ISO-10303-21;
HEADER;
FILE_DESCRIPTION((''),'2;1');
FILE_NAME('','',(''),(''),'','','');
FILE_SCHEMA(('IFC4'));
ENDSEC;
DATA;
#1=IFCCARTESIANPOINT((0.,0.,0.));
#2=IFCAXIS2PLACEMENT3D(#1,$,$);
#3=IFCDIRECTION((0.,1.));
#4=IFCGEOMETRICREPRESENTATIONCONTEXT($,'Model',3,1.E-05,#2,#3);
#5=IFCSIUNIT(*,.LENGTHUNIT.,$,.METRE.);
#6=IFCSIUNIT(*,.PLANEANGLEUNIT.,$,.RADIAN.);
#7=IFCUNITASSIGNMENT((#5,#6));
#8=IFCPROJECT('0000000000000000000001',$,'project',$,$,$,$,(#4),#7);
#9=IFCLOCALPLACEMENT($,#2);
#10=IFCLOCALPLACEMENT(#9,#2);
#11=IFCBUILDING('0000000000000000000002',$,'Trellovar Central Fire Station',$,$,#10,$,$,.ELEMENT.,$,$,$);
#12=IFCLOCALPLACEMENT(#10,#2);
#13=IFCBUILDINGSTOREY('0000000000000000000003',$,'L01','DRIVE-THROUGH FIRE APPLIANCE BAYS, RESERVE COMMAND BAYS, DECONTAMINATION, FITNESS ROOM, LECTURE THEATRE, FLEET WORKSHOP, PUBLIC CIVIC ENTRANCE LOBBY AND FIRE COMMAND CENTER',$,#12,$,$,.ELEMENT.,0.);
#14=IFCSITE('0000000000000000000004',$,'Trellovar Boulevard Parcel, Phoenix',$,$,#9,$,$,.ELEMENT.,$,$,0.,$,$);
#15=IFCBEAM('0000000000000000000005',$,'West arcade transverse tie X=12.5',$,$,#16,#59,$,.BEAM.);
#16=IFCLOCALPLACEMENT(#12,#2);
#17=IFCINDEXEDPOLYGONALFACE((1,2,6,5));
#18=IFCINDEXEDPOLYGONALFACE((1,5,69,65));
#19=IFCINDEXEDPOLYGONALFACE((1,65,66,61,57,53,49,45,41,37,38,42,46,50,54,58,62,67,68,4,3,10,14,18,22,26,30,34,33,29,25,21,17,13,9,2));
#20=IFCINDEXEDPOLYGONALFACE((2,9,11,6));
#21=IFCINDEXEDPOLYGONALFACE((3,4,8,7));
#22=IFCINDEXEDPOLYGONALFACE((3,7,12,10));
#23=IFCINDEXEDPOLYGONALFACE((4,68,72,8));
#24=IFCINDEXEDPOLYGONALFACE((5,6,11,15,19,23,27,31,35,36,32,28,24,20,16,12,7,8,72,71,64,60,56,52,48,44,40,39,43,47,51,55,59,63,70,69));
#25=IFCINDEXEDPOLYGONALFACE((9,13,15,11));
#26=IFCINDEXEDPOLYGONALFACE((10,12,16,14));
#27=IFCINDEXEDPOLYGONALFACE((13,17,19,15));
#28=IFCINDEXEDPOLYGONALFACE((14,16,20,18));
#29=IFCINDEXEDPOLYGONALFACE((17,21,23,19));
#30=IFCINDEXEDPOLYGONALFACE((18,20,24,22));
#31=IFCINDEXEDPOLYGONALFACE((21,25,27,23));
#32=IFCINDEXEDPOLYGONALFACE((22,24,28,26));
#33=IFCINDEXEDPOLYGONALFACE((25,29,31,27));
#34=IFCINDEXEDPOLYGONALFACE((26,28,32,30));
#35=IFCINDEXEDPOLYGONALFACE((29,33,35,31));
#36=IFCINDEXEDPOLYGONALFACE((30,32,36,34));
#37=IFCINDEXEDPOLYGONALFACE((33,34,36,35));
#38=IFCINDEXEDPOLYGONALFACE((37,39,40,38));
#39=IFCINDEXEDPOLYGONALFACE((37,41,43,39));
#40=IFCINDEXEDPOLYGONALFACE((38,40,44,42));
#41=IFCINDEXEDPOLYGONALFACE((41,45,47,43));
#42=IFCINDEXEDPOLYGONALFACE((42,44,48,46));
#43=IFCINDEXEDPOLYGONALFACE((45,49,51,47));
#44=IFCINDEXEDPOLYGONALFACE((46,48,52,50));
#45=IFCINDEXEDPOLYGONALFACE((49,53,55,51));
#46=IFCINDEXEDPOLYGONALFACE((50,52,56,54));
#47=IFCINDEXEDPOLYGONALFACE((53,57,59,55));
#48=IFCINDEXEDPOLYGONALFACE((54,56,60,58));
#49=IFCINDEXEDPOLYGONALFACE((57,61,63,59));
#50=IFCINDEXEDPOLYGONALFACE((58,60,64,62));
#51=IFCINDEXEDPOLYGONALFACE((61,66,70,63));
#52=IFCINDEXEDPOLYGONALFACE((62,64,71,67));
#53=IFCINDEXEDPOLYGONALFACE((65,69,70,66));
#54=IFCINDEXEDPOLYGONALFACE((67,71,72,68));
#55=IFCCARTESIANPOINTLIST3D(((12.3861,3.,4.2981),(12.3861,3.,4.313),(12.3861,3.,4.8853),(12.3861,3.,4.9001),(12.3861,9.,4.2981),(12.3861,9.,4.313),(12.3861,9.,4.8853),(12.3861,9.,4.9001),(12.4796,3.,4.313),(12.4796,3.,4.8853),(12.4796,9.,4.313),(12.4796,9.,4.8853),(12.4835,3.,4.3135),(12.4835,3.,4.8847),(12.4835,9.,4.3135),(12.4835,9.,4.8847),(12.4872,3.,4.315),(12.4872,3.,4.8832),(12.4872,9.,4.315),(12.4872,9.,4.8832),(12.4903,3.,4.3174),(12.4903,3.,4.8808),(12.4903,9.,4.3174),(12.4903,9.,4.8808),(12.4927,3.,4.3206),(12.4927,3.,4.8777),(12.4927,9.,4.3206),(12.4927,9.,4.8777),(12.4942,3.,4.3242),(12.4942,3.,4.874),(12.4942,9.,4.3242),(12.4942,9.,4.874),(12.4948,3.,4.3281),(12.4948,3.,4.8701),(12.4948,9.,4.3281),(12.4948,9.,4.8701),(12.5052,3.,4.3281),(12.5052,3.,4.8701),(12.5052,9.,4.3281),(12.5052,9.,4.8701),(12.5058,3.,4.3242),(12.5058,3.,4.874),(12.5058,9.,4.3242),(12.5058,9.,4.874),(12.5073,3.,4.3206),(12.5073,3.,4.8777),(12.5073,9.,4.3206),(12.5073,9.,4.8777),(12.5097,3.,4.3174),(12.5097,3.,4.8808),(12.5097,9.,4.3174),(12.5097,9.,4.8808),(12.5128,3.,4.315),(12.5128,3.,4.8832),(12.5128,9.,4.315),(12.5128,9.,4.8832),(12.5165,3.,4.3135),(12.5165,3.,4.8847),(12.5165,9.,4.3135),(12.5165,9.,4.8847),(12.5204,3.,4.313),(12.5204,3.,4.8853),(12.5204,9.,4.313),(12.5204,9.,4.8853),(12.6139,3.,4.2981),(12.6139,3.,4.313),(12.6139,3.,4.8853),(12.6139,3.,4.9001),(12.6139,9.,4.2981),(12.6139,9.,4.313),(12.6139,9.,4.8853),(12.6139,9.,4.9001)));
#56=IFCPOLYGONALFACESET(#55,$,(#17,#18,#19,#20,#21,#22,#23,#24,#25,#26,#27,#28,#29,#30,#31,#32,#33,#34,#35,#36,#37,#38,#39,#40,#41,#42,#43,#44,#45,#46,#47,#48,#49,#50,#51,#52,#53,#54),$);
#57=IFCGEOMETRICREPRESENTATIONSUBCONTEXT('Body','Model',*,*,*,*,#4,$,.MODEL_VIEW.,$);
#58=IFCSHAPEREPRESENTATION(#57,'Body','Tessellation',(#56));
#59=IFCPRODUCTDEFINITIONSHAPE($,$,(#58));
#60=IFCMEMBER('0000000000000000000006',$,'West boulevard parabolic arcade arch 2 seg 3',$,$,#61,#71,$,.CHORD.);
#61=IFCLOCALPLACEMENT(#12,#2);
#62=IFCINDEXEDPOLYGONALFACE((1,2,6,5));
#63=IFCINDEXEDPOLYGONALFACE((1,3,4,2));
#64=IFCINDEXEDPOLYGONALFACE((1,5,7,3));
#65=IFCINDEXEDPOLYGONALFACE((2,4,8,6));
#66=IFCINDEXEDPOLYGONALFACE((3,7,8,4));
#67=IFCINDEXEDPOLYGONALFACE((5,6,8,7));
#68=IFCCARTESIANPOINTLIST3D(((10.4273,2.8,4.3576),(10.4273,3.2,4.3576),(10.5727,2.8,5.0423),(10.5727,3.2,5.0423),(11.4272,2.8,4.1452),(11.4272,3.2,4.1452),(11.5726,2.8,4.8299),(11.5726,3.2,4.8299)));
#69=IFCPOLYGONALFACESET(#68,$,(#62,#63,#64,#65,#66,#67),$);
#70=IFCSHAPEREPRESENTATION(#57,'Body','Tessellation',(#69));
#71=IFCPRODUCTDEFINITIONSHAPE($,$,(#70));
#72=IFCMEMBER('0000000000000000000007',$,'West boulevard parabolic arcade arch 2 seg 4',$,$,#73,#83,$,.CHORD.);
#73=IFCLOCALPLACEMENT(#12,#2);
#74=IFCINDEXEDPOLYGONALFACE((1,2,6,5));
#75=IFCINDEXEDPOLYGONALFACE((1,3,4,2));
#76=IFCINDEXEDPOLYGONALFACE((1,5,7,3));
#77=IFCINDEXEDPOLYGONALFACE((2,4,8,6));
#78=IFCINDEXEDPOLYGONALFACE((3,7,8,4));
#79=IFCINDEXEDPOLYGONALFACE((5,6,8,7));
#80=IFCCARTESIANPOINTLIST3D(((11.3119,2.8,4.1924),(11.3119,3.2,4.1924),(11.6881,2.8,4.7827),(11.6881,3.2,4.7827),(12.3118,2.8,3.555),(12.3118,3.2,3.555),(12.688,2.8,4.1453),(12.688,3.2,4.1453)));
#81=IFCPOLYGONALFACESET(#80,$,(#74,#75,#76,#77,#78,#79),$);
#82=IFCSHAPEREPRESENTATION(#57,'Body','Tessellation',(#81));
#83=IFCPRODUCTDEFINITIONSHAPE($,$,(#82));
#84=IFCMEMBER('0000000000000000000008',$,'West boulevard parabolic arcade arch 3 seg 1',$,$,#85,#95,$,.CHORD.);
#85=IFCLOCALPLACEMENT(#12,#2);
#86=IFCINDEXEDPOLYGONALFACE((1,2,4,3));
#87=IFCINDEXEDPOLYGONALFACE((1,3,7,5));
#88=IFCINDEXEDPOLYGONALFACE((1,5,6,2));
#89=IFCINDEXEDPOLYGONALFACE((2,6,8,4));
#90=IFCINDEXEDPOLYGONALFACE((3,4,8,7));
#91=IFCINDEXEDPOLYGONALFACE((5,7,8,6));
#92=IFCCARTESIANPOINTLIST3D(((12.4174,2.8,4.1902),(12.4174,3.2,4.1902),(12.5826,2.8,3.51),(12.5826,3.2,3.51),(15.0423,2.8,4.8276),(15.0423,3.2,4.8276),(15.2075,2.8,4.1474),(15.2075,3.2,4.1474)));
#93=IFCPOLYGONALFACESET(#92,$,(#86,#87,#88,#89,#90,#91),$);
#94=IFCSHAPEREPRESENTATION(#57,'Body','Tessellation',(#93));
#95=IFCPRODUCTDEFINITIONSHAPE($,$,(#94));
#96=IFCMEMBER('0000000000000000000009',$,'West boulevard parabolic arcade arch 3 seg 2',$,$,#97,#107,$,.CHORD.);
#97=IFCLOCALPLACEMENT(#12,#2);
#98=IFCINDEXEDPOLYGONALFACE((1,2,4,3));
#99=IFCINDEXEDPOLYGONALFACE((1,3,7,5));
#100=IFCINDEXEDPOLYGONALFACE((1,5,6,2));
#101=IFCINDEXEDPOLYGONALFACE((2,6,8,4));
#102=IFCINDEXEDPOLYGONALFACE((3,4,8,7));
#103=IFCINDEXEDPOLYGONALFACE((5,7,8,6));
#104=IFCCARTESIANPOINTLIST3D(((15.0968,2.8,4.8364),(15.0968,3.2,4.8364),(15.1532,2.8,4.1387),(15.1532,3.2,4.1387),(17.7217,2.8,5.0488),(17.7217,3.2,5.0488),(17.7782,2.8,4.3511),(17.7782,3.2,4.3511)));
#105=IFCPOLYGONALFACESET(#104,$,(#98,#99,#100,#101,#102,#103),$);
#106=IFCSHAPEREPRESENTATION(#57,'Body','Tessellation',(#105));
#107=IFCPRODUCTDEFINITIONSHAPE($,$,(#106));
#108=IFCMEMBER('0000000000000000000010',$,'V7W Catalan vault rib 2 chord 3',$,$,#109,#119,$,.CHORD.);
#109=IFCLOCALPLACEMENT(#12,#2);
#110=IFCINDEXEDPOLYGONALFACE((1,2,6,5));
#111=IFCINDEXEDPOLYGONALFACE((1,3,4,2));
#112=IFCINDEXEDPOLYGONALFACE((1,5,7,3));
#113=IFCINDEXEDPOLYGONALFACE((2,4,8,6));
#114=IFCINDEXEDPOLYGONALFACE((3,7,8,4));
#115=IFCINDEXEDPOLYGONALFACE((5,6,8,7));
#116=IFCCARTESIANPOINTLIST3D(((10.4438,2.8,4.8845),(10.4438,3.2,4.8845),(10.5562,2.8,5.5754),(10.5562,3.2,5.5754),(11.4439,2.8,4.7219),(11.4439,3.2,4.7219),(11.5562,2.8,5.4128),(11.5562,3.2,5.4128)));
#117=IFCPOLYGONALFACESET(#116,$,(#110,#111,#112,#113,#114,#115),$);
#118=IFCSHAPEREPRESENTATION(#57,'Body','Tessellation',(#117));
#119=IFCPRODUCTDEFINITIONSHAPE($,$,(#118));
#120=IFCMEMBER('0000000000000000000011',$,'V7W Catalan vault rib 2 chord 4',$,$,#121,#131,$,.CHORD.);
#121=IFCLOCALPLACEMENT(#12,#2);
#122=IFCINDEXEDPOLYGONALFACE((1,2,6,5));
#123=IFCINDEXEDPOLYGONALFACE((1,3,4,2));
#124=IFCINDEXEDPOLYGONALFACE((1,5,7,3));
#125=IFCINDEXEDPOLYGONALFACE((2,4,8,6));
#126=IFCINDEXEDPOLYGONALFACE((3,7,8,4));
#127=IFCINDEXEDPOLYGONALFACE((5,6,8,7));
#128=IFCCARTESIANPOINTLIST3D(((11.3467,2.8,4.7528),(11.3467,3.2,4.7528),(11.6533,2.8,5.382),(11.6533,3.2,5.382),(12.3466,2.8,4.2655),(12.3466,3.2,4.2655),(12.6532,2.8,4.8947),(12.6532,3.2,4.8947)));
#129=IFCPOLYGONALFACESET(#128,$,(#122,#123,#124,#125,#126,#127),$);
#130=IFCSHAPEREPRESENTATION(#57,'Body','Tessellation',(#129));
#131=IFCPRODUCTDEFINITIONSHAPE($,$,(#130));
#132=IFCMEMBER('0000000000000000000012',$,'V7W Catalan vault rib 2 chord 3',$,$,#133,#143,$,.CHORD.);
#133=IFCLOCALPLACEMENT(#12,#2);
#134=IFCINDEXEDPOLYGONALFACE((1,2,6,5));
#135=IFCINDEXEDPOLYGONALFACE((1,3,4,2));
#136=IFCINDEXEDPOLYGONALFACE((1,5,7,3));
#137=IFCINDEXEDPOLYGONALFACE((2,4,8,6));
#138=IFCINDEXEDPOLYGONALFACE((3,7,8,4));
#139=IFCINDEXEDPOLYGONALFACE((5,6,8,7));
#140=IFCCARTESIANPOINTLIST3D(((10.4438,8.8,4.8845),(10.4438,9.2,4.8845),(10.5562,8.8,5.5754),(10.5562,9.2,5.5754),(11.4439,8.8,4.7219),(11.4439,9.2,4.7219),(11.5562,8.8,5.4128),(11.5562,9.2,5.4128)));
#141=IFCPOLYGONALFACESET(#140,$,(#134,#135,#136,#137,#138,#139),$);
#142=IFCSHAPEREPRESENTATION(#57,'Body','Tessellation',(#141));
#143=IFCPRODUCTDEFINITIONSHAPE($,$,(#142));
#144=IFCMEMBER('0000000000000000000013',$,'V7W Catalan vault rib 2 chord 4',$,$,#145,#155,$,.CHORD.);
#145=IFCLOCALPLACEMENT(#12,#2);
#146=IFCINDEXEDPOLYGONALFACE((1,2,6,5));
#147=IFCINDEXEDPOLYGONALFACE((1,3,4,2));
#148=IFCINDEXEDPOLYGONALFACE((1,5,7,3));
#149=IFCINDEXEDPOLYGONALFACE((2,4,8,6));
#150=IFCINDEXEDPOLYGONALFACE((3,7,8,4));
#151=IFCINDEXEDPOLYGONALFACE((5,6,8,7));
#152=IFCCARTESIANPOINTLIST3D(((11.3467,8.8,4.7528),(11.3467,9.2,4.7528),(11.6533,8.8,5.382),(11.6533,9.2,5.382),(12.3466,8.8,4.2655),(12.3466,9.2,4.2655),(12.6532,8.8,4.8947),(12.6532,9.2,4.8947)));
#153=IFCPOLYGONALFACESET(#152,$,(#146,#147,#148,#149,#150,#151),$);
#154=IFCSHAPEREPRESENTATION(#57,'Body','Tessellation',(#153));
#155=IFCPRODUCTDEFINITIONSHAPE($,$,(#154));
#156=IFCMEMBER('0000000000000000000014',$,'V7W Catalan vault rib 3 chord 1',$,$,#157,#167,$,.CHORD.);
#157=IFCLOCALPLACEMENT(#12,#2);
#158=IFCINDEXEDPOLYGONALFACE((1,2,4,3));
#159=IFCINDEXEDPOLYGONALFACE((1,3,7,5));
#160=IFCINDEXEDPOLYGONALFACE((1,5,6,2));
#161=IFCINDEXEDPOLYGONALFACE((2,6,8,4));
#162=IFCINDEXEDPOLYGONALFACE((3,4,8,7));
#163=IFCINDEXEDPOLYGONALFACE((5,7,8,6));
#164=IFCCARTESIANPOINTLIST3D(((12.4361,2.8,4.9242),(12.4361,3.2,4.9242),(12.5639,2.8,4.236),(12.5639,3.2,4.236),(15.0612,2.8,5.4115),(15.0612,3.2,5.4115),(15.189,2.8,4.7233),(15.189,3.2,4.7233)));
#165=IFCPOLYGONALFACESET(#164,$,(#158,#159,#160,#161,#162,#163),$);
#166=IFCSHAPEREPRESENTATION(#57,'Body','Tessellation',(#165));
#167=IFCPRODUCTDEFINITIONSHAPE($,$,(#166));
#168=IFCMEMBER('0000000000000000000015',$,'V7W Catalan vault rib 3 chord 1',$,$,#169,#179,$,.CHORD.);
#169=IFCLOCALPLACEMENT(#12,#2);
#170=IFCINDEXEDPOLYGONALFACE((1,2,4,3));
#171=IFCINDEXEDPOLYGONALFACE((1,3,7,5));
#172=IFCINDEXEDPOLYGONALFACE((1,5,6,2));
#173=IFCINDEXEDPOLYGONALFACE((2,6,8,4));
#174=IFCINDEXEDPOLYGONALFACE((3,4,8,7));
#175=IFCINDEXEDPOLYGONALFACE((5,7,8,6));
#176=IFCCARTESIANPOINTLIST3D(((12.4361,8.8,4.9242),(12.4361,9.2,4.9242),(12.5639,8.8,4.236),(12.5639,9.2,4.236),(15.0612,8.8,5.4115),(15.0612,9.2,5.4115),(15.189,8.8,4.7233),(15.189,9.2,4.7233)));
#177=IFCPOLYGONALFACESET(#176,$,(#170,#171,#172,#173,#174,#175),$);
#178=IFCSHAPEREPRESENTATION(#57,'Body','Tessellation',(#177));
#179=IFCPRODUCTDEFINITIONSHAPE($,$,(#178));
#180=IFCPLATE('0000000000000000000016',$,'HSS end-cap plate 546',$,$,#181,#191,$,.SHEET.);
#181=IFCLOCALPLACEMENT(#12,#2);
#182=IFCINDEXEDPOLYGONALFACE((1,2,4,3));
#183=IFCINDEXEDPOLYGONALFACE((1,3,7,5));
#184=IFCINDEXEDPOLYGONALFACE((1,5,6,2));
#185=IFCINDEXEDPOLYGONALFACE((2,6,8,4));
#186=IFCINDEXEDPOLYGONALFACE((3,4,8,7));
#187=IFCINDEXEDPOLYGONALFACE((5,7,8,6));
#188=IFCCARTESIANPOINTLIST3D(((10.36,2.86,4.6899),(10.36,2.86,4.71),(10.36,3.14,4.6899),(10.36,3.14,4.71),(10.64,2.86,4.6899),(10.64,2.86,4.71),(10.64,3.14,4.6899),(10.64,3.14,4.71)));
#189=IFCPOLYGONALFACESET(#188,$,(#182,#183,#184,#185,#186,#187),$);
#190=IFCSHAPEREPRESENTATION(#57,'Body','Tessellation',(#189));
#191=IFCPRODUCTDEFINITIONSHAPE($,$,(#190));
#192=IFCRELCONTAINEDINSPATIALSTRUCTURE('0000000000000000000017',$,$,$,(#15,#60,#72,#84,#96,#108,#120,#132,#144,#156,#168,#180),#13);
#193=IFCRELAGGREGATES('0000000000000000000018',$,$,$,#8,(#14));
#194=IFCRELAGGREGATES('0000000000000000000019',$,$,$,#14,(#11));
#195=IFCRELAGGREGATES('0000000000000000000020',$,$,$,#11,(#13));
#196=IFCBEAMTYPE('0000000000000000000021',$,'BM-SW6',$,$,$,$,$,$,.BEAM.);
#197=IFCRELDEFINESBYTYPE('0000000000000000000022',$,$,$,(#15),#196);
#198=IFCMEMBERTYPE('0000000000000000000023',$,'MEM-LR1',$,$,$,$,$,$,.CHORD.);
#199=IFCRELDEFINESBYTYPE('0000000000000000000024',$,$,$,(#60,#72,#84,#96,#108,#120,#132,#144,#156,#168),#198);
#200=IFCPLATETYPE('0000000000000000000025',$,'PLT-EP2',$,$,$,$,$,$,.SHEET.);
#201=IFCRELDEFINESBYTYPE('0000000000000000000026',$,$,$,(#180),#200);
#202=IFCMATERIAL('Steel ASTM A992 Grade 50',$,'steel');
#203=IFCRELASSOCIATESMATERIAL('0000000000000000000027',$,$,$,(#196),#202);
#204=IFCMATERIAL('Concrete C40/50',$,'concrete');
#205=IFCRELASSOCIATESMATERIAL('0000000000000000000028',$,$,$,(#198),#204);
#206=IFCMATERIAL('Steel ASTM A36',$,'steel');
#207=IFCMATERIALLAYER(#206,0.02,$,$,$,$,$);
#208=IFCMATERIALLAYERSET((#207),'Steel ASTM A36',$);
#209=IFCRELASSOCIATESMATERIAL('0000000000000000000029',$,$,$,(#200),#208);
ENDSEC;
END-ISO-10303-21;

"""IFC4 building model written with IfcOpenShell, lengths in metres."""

from ifc_helpers import new_model, si_unit, direction, frame, origin, origin_2d, place, context, subcontext, project, spatial, rectangle, i_section, extrude, material, layer, layer_set, material_profile, profile_set, type_object, element, save


model = new_model("IFC4")

# Units and contexts
model_context = context("Model", 3, precision=1e-05, world=origin(), true_north=direction((0.0, 1.0)))
body_context = subcontext(model_context, "Body", "Model", "MODEL_VIEW")
ifc_project = project(units=[si_unit("LENGTHUNIT", "METRE"), si_unit("PLANEANGLEUNIT", "RADIAN")], contexts=[model_context])

# Site, building, storey
site_placement = place(None, origin())
site = spatial("IfcSite", under=ifc_project, at=site_placement, Name="Trellovar Boulevard Parcel, Phoenix", CompositionType="ELEMENT", RefElevation=0.0)
building_placement = place(site_placement, origin())
building = spatial("IfcBuilding", under=site, at=building_placement, Name="Trellovar Central Fire Station", CompositionType="ELEMENT")
storey_placement = place(building_placement, origin())
storey = spatial("IfcBuildingStorey", under=building, at=storey_placement, Name="L01", Description="DRIVE-THROUGH FIRE APPLIANCE BAYS, RESERVE COMMAND BAYS, DECONTAMINATION, FITNESS ROOM, LECTURE THEATRE, FLEET WORKSHOP, PUBLIC CIVIC ENTRANCE LOBBY AND FIRE COMMAND CENTER", CompositionType="ELEMENT", Elevation=0.0)

# Beam
ifc_material_1 = material(Name="Steel ASTM A992 Grade 50", Category="steel")
ifc_material_profile_1 = material_profile(ifc_material_1, i_section(OverallWidth=0.2278, OverallDepth=0.6021, WebThickness=0.0105, FlangeThickness=0.0149, FilletRadius=0.0151, at=origin_2d()), Name="W24X68")
ifc_profile_set_1 = profile_set([ifc_material_profile_1], Name="Steel ASTM A992 Grade 50")
beam_type_1 = type_object("IfcBeamType", Name="BM-SW6", PredefinedType="BEAM", material=ifc_profile_set_1)
beam_1_placement = place(storey_placement, frame((12.5, 3.0, 4.5991), z_axis=(0.0, 1.0, 0.0), x_axis=(-1.0, 0.0, 0.0)))
element("IfcBeam", 1, at=beam_1_placement, inside=storey, type_object=beam_type_1, Name="West arcade transverse tie X=12.5", PredefinedType="BEAM", context=body_context, shape_type="SweptSolid", body=[
    extrude(i_section(OverallWidth=0.2278, OverallDepth=0.6021, WebThickness=0.0105, FlangeThickness=0.0149, FilletRadius=0.0151, at=origin_2d()), origin(), (0.0, 0.0, 1.0), 6.0),
])

# Members
ifc_material_2 = material(Name="Concrete C40/50", Category="concrete")
ifc_material_profile_2 = material_profile(ifc_material_2, rectangle(XDim=0.3999, YDim=0.7, at=origin_2d()), Name="RC400X700")
ifc_profile_set_2 = profile_set([ifc_material_profile_2], Name="Concrete C40/50")
member_type = type_object("IfcMemberType", Name="MEM-LR1", PredefinedType="CHORD", material=ifc_profile_set_2)
member_1_placement = place(storey_placement, frame((10.5, 3.0, 4.7), z_axis=(0.978178, 0.0, -0.207767), x_axis=(0.0, 1.0, 0.0)))
element("IfcMember", 2, at=member_1_placement, inside=storey, type_object=member_type, Name="West boulevard parabolic arcade arch 2 seg 3", PredefinedType="CHORD", context=body_context, shape_type="SweptSolid", body=[
    extrude(rectangle(XDim=0.3999, YDim=0.7, at=origin_2d()), origin(), (0.0, 0.0, 1.0), 1.0222),
])
member_2_placement = place(storey_placement, frame((11.5, 3.0, 4.4875), z_axis=(0.843246, 0.0, -0.537528), x_axis=(0.0, 1.0, 0.0)))
element("IfcMember", 3, at=member_2_placement, inside=storey, type_object=member_type, Name="West boulevard parabolic arcade arch 2 seg 4", PredefinedType="CHORD", context=body_context, shape_type="SweptSolid", body=[
    extrude(rectangle(XDim=0.3999, YDim=0.7, at=origin_2d()), origin(), (0.0, 0.0, 1.0), 1.1858),
])
member_3_placement = place(storey_placement, frame((12.5, 3.0, 3.8501), z_axis=(0.971758, 0.0, 0.23598), x_axis=(0.0, 1.0, 0.0)))
element("IfcMember", 4, at=member_3_placement, inside=storey, type_object=member_type, Name="West boulevard parabolic arcade arch 3 seg 1", PredefinedType="CHORD", context=body_context, shape_type="SweptSolid", body=[
    extrude(rectangle(XDim=0.3999, YDim=0.7, at=origin_2d()), origin(), (0.0, 0.0, 1.0), 2.7012),
])
member_4_placement = place(storey_placement, frame((15.125, 3.0, 4.4875), z_axis=(0.996742, 0.0, 0.080652), x_axis=(0.0, 1.0, 0.0)))
element("IfcMember", 5, at=member_4_placement, inside=storey, type_object=member_type, Name="West boulevard parabolic arcade arch 3 seg 2", PredefinedType="CHORD", context=body_context, shape_type="SweptSolid", body=[
    extrude(rectangle(XDim=0.3999, YDim=0.7, at=origin_2d()), origin(), (0.0, 0.0, 1.0), 2.6335),
])
member_5_placement = place(storey_placement, frame((10.5, 3.0, 5.23), z_axis=(0.987037, 0.0, -0.16049), x_axis=(0.0, 1.0, 0.0)))
element("IfcMember", 6, at=member_5_placement, inside=storey, type_object=member_type, Name="V7W Catalan vault rib 2 chord 3", PredefinedType="CHORD", context=body_context, shape_type="SweptSolid", body=[
    extrude(rectangle(XDim=0.3999, YDim=0.7, at=origin_2d()), origin(), (0.0, 0.0, 1.0), 1.0132),
])
member_6_placement = place(storey_placement, frame((11.5, 3.0, 5.0674), z_axis=(0.898946, 0.0, -0.43806), x_axis=(0.0, 1.0, 0.0)))
element("IfcMember", 7, at=member_6_placement, inside=storey, type_object=member_type, Name="V7W Catalan vault rib 2 chord 4", PredefinedType="CHORD", context=body_context, shape_type="SweptSolid", body=[
    extrude(rectangle(XDim=0.3999, YDim=0.7, at=origin_2d()), origin(), (0.0, 0.0, 1.0), 1.1123),
])
member_7_placement = place(storey_placement, frame((10.5, 9.0, 5.23), z_axis=(0.987037, 0.0, -0.16049), x_axis=(0.0, 1.0, 0.0)))
element("IfcMember", 8, at=member_7_placement, inside=storey, type_object=member_type, Name="V7W Catalan vault rib 2 chord 3", PredefinedType="CHORD", context=body_context, shape_type="SweptSolid", body=[
    extrude(rectangle(XDim=0.3999, YDim=0.7, at=origin_2d()), origin(), (0.0, 0.0, 1.0), 1.0132),
])
member_8_placement = place(storey_placement, frame((11.5, 9.0, 5.0674), z_axis=(0.898946, 0.0, -0.43806), x_axis=(0.0, 1.0, 0.0)))
element("IfcMember", 9, at=member_8_placement, inside=storey, type_object=member_type, Name="V7W Catalan vault rib 2 chord 4", PredefinedType="CHORD", context=body_context, shape_type="SweptSolid", body=[
    extrude(rectangle(XDim=0.3999, YDim=0.7, at=origin_2d()), origin(), (0.0, 0.0, 1.0), 1.1123),
])
for number, where, z_axis, x_axis, name in (
    (10, (12.5, 3.0, 4.5801), (0.983202, 0.0, 0.182521), (0.0, 1.0, 0.0), "V7W Catalan vault rib 3 chord 1"),
    (11, (12.5, 9.0, 4.5801), (0.983202, 0.0, 0.182521), (0.0, 1.0, 0.0), "V7W Catalan vault rib 3 chord 1"),
):
    element("IfcMember", number, at=place(storey_placement, frame(where, z_axis=z_axis, x_axis=x_axis)), inside=storey, type_object=member_type, Name=name, PredefinedType="CHORD", context=body_context, shape_type="SweptSolid", body=[
        extrude(rectangle(XDim=0.3999, YDim=0.7, at=origin_2d()), origin(), (0.0, 0.0, 1.0), 2.6699),
    ])

# Plate
ifc_material_3 = material(Name="Steel ASTM A36", Category="steel")
ifc_layer_1 = layer(ifc_material_3, 0.02)
ifc_layer_set_1 = layer_set([ifc_layer_1], Name="Steel ASTM A36")
plate_type = type_object("IfcPlateType", Name="PLT-EP2", PredefinedType="SHEET", material=ifc_layer_set_1)
plate_placement = place(storey_placement, frame((10.5, 3.0, 4.6899), z_axis=(0.0, 0.0, 1.0), x_axis=(1.0, 0.0, 0.0)))
element("IfcPlate", 12, at=plate_placement, inside=storey, type_object=plate_type, Name="HSS end-cap plate 546", PredefinedType="SHEET", context=body_context, shape_type="SweptSolid", body=[
    extrude(rectangle(XDim=0.28, YDim=0.28, at=origin_2d()), origin(), (0.0, 0.0, 1.0), 0.02),
])

save(model, "model.ifc")
